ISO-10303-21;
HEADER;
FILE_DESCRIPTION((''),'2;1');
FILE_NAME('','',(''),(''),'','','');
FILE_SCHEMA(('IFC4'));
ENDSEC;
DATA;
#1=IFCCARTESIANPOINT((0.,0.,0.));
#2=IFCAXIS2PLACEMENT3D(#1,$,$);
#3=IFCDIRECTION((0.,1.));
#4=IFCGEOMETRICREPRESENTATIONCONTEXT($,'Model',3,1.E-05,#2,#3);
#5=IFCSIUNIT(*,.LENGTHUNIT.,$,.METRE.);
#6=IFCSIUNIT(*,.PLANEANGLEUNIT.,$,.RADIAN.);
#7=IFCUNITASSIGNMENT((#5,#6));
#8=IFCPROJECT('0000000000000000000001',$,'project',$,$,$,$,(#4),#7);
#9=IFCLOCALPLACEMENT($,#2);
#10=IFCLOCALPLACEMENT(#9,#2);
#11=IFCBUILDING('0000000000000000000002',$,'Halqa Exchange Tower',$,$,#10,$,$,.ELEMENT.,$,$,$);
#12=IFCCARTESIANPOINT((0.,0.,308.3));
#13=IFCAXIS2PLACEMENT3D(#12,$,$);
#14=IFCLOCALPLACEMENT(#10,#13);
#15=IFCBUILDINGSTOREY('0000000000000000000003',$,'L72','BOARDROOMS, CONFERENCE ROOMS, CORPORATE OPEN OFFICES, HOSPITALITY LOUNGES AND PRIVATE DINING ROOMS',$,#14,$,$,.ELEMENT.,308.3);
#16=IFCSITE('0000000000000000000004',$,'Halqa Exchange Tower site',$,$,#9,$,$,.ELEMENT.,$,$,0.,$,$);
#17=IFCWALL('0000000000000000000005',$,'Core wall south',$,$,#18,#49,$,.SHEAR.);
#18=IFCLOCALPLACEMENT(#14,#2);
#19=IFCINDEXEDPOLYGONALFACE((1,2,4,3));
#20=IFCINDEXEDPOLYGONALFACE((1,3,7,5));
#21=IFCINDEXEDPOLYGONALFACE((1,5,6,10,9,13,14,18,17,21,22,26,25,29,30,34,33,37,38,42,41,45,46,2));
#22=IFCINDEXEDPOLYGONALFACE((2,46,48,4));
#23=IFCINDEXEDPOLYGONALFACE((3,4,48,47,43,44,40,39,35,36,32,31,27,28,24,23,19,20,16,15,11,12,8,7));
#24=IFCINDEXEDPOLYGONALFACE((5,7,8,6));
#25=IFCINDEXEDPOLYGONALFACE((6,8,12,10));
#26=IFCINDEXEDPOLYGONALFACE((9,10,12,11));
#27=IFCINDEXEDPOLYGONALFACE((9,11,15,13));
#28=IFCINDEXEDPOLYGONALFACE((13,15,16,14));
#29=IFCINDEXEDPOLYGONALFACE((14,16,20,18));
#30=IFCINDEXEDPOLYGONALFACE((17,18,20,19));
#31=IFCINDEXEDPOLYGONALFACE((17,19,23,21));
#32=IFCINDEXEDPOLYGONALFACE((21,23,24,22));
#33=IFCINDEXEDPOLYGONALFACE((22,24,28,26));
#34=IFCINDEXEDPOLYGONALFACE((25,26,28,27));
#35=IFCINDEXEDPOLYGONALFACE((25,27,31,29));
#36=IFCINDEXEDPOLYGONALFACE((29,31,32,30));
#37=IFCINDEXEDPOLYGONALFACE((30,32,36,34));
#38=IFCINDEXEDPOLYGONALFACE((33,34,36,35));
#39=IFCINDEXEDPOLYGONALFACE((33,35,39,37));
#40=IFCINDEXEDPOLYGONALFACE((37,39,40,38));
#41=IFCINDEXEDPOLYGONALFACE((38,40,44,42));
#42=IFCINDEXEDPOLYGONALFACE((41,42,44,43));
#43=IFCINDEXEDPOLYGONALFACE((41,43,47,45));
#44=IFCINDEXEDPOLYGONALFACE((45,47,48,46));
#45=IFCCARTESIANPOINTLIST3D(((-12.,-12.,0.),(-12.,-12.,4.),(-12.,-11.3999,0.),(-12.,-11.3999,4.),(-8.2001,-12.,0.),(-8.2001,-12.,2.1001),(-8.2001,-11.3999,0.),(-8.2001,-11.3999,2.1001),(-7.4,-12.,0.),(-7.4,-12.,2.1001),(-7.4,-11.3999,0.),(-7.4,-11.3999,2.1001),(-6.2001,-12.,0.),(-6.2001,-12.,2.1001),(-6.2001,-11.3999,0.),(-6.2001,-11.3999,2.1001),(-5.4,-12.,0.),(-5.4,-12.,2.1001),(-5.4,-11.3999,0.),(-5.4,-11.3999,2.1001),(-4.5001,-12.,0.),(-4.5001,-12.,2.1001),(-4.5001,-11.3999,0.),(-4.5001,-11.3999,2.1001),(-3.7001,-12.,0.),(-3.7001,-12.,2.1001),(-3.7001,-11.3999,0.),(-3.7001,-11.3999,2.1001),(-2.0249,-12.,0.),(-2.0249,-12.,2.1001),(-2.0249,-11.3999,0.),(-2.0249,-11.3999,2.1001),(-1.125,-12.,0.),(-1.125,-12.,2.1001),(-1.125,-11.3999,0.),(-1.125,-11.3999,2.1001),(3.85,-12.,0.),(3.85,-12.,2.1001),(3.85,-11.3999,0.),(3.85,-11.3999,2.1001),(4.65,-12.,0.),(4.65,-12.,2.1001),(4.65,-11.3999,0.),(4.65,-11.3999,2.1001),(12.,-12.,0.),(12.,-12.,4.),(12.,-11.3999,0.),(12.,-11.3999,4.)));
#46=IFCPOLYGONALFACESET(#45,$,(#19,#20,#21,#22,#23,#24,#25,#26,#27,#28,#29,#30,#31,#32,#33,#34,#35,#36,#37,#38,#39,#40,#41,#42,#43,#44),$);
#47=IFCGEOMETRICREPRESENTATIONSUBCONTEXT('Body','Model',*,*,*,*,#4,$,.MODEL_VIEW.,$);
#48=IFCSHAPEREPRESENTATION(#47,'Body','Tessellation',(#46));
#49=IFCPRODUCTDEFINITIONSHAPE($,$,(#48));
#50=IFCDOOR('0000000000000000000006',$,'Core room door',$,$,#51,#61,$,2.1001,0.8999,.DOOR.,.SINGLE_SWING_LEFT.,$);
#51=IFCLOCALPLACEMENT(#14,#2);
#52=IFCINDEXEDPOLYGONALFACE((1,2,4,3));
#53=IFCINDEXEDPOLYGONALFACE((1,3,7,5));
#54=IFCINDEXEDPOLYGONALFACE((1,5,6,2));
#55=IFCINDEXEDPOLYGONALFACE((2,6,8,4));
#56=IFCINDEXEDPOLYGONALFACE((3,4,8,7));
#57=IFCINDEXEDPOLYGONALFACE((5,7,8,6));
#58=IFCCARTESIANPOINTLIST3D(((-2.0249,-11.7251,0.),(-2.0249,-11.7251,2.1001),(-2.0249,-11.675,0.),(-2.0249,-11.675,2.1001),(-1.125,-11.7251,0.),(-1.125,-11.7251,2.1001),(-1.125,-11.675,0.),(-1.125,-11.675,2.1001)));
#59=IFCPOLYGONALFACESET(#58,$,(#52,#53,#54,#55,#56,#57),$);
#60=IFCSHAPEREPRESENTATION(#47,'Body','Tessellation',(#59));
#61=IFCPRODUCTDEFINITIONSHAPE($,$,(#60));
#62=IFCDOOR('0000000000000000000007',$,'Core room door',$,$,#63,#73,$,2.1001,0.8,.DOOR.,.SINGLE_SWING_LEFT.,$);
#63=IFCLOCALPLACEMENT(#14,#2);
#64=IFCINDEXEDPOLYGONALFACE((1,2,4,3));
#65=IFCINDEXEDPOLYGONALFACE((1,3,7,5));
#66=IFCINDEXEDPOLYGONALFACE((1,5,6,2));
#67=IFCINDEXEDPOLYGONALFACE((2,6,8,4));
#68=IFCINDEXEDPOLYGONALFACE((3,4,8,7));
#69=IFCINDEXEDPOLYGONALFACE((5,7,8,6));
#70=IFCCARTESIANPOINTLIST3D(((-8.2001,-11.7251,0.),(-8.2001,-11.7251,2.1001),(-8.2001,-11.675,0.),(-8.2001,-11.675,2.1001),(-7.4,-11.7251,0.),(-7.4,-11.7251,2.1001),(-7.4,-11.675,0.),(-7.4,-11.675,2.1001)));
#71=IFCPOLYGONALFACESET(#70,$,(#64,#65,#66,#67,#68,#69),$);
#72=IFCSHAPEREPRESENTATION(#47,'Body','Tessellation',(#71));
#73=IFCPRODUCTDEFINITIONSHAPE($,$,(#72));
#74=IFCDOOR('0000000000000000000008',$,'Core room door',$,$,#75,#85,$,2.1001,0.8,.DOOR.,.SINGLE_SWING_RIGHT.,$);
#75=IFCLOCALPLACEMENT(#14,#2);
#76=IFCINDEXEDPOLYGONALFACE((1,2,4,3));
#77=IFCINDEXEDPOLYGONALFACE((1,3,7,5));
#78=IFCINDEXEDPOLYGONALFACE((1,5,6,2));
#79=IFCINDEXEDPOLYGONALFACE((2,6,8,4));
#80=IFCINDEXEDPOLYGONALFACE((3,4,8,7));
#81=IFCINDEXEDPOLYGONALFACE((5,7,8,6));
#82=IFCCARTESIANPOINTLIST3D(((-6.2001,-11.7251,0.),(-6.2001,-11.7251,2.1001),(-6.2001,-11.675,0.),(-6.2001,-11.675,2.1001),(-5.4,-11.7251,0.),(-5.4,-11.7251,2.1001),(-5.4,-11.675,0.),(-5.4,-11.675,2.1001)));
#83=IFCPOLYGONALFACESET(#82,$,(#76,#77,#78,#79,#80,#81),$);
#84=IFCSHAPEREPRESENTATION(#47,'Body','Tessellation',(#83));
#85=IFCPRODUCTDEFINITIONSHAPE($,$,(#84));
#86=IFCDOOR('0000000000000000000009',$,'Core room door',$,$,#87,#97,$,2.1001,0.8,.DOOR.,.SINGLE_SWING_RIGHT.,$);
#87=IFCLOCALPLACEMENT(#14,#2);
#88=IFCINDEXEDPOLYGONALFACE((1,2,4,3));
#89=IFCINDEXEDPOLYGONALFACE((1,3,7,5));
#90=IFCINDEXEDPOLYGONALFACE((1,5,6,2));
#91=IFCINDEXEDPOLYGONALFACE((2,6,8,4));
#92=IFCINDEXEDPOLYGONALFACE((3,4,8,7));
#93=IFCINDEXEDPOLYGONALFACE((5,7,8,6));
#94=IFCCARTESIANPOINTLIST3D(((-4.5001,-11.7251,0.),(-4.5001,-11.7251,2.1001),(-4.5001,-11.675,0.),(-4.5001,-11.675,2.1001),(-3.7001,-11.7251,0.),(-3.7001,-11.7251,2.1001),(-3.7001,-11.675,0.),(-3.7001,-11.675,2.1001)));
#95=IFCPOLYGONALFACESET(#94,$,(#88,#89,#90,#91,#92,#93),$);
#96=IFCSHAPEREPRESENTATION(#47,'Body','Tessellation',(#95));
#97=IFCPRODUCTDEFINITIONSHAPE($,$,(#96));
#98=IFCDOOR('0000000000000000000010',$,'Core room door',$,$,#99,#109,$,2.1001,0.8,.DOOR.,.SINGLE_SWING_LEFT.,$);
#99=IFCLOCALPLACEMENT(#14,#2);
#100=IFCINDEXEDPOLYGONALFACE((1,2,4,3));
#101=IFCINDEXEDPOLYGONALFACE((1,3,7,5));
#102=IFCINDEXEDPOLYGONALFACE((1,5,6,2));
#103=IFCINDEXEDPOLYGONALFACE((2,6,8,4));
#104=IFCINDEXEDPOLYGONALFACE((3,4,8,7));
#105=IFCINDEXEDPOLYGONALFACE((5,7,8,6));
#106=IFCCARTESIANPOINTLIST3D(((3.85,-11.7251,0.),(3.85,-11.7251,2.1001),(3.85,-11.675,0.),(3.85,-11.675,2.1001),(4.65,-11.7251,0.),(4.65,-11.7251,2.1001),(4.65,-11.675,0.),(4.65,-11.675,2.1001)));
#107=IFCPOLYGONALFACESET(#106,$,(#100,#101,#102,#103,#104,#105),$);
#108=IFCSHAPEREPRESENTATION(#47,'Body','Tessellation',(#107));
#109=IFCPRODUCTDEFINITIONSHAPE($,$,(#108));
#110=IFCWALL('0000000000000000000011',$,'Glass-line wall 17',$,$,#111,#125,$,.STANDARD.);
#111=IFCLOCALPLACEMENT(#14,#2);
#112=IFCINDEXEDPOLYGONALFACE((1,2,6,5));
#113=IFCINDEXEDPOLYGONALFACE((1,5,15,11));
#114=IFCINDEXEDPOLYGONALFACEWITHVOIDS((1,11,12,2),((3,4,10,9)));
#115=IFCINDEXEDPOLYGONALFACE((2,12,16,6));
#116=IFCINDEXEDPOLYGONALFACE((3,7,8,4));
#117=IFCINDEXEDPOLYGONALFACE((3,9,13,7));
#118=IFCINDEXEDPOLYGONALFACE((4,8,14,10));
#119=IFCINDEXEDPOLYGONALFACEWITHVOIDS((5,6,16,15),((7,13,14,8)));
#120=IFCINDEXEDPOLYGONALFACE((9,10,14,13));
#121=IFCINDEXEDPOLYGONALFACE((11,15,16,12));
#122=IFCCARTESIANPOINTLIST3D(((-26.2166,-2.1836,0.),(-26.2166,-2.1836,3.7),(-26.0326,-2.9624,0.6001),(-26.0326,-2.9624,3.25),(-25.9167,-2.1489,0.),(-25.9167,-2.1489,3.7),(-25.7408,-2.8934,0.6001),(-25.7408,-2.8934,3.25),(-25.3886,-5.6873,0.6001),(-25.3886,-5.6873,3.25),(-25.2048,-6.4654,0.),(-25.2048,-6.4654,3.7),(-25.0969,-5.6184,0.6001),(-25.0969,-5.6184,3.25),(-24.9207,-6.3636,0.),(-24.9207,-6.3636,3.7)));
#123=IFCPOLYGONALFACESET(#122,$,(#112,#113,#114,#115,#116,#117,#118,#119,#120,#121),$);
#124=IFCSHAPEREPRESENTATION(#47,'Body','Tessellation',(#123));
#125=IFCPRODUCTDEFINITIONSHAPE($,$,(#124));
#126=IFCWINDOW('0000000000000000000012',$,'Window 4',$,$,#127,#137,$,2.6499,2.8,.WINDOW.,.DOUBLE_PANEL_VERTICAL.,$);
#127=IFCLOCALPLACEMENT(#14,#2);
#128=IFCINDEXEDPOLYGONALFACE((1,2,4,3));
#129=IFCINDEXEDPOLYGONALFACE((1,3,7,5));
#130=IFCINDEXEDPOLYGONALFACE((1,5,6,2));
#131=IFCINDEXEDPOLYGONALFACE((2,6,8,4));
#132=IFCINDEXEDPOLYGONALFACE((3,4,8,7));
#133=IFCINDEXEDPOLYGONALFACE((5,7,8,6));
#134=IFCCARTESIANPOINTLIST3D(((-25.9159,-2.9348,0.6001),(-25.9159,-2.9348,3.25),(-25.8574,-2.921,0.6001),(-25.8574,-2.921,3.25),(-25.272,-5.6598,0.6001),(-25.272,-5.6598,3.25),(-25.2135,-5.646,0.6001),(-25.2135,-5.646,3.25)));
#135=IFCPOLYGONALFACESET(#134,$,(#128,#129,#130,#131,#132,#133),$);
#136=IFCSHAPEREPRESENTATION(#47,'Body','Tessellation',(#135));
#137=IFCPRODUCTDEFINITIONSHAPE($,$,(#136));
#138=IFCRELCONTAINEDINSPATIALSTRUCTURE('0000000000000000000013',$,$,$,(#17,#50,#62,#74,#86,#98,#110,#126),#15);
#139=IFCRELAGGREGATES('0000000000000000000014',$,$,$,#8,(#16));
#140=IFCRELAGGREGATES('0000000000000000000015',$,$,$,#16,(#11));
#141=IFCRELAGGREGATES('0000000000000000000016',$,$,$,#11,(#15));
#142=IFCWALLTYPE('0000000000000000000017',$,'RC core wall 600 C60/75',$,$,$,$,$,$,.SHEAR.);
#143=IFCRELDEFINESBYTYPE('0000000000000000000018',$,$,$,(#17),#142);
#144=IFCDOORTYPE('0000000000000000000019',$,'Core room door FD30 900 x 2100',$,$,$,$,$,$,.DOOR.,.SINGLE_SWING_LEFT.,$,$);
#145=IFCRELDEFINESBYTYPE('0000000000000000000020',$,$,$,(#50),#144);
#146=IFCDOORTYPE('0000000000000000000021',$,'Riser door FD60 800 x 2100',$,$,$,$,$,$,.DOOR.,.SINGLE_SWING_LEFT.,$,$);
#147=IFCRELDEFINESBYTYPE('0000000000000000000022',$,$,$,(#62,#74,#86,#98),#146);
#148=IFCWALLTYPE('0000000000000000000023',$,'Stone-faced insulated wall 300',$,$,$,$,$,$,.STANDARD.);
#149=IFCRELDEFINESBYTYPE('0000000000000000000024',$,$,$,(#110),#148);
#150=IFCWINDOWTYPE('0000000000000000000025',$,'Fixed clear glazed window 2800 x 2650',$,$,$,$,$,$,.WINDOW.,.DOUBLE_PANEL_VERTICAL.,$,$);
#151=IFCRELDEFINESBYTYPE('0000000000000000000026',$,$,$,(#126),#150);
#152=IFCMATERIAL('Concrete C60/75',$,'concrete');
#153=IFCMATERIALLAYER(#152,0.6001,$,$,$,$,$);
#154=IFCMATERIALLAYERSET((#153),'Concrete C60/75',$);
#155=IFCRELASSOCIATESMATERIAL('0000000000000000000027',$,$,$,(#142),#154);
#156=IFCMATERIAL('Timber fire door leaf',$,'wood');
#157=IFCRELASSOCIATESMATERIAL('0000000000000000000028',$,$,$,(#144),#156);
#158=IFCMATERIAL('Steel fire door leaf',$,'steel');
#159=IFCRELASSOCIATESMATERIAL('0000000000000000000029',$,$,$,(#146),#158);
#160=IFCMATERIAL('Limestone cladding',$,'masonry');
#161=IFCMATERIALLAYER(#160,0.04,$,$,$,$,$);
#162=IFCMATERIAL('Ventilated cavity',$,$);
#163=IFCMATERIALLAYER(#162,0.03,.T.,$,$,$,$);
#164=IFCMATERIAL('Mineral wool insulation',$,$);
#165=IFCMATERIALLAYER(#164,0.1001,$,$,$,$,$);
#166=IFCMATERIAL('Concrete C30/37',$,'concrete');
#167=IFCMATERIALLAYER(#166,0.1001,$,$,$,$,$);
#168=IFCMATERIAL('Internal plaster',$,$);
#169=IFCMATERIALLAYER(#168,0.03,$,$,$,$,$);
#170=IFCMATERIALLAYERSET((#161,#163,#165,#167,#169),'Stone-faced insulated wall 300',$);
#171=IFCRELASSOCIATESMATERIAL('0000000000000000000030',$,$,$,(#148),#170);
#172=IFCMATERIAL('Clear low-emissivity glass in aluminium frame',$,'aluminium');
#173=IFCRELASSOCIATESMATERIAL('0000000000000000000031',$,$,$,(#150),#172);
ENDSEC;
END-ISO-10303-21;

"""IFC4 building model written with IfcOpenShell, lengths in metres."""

from ifc_helpers import new_model, si_unit, direction, frame, frame_2d, origin, place, context, subcontext, project, spatial, polyline, rectangle, outline, extrude, material, layer, layer_set, type_object, element, fill, save


model = new_model("IFC4")

# Units and contexts
model_context = context("Model", 3, precision=1e-05, world=origin(), true_north=direction((0.0, 1.0)))
body_context = subcontext(model_context, "Body", "Model", "MODEL_VIEW")
ifc_project = project(units=[si_unit("LENGTHUNIT", "METRE"), si_unit("PLANEANGLEUNIT", "RADIAN")], contexts=[model_context])

# Site, building, storey
site_placement = place(None, origin())
site = spatial("IfcSite", under=ifc_project, at=site_placement, Name="Halqa Exchange Tower site", CompositionType="ELEMENT", RefElevation=0.0)
building_placement = place(site_placement, origin())
building = spatial("IfcBuilding", under=site, at=building_placement, Name="Halqa Exchange Tower", CompositionType="ELEMENT")
storey_placement = place(building_placement, frame((0.0, 0.0, 308.3)))
storey = spatial("IfcBuildingStorey", under=building, at=storey_placement, Name="L72", Description="BOARDROOMS, CONFERENCE ROOMS, CORPORATE OPEN OFFICES, HOSPITALITY LOUNGES AND PRIVATE DINING ROOMS", CompositionType="ELEMENT", Elevation=308.3)

# Shared definitions
ifc_material_1 = material(Name="Concrete C60/75", Category="concrete")

# Wall, openings, doors
ifc_layer_1 = layer(ifc_material_1, 0.6001)
ifc_layer_set_1 = layer_set([ifc_layer_1], Name="Concrete C60/75")
wall_type_1 = type_object("IfcWallType", Name="RC core wall 600 C60/75", PredefinedType="SHEAR", material=ifc_layer_set_1)
wall_1_placement = place(storey_placement, frame((-12.0, -11.7, 0.0), z_axis=(0.0, 0.0, 1.0), x_axis=(1.0, 0.0, 0.0)))
wall_1 = element("IfcWall", 1, at=wall_1_placement, inside=storey, type_object=wall_type_1, Name="Core wall south", PredefinedType="SHEAR", context=body_context, shape_type="SweptSolid", body=[
    extrude(rectangle(XDim=24.0, YDim=0.6001, at=frame_2d((12.0, 0.0))), origin(), (0.0, 0.0, 1.0), 4.0),
])
opening_1_placement = place(wall_1_placement, frame((9.9751, 0.0, 0.0)))
opening_1 = element("IfcOpeningElement", 2, at=opening_1_placement, cuts=wall_1, PredefinedType="OPENING", context=body_context, shape_type="SweptSolid", body=[
    extrude(rectangle(XDim=0.8999, YDim=2.1001, at=frame_2d((0.45, 1.05))), frame((0.0, 0.312, 0.0), z_axis=(0.0, -1.0, 0.0), x_axis=(1.0, 0.0, 0.0)), (0.0, 0.0, 1.0), 0.624),
])
opening_2_placement = place(wall_1_placement, frame((3.8, 0.0, 0.0)))
opening_2 = element("IfcOpeningElement", 3, at=opening_2_placement, cuts=wall_1, PredefinedType="OPENING", context=body_context, shape_type="SweptSolid", body=[
    extrude(rectangle(XDim=0.8, YDim=2.1001, at=frame_2d((0.3999, 1.05))), frame((0.0, 0.312, 0.0), z_axis=(0.0, -1.0, 0.0), x_axis=(1.0, 0.0, 0.0)), (0.0, 0.0, 1.0), 0.624),
])
opening_3_placement = place(wall_1_placement, frame((5.8, 0.0, 0.0)))
opening_3 = element("IfcOpeningElement", 4, at=opening_3_placement, cuts=wall_1, PredefinedType="OPENING", context=body_context, shape_type="SweptSolid", body=[
    extrude(rectangle(XDim=0.8, YDim=2.1001, at=frame_2d((0.3999, 1.05))), frame((0.0, 0.312, 0.0), z_axis=(0.0, -1.0, 0.0), x_axis=(1.0, 0.0, 0.0)), (0.0, 0.0, 1.0), 0.624),
])
opening_4_placement = place(wall_1_placement, frame((7.5, 0.0, 0.0)))
opening_4 = element("IfcOpeningElement", 5, at=opening_4_placement, cuts=wall_1, PredefinedType="OPENING", context=body_context, shape_type="SweptSolid", body=[
    extrude(rectangle(XDim=0.8, YDim=2.1001, at=frame_2d((0.3999, 1.05))), frame((0.0, 0.312, 0.0), z_axis=(0.0, -1.0, 0.0), x_axis=(1.0, 0.0, 0.0)), (0.0, 0.0, 1.0), 0.624),
])
opening_5_placement = place(wall_1_placement, frame((15.8501, 0.0, 0.0)))
opening_5 = element("IfcOpeningElement", 6, at=opening_5_placement, cuts=wall_1, PredefinedType="OPENING", context=body_context, shape_type="SweptSolid", body=[
    extrude(rectangle(XDim=0.8, YDim=2.1001, at=frame_2d((0.3999, 1.05))), frame((0.0, 0.312, 0.0), z_axis=(0.0, -1.0, 0.0), x_axis=(1.0, 0.0, 0.0)), (0.0, 0.0, 1.0), 0.624),
])
ifc_material_2 = material(Name="Timber fire door leaf", Category="wood")
door_type_1 = type_object("IfcDoorType", Name="Core room door FD30 900 x 2100", OperationType="SINGLE_SWING_LEFT", PredefinedType="DOOR", material=ifc_material_2)
door_1_placement = place(opening_1_placement, origin())
door_1 = element("IfcDoor", 7, at=door_1_placement, inside=storey, type_object=door_type_1, Name="Core room door", OperationType="SINGLE_SWING_LEFT", OverallHeight=2.1001, OverallWidth=0.8999, PredefinedType="DOOR", context=body_context, shape_type="SweptSolid", body=[
    extrude(rectangle(XDim=0.8999, YDim=2.1001, at=frame_2d((0.45, 1.05))), frame((0.0, 0.0249, 0.0), z_axis=(0.0, -1.0, 0.0), x_axis=(1.0, 0.0, 0.0)), (0.0, 0.0, 1.0), 0.05),
])
fill(opening_1, door_1)
ifc_material_3 = material(Name="Steel fire door leaf", Category="steel")
door_type_2 = type_object("IfcDoorType", Name="Riser door FD60 800 x 2100", OperationType="SINGLE_SWING_LEFT", PredefinedType="DOOR", material=ifc_material_3)
door_2_placement = place(opening_2_placement, origin())
door_2 = element("IfcDoor", 8, at=door_2_placement, inside=storey, type_object=door_type_2, Name="Core room door", OperationType="SINGLE_SWING_LEFT", OverallHeight=2.1001, OverallWidth=0.8, PredefinedType="DOOR", context=body_context, shape_type="SweptSolid", body=[
    extrude(rectangle(XDim=0.8, YDim=2.1001, at=frame_2d((0.3999, 1.05))), frame((0.0, 0.0249, 0.0), z_axis=(0.0, -1.0, 0.0), x_axis=(1.0, 0.0, 0.0)), (0.0, 0.0, 1.0), 0.05),
])
fill(opening_2, door_2)
door_3_placement = place(opening_3_placement, origin())
door_3 = element("IfcDoor", 9, at=door_3_placement, inside=storey, type_object=door_type_2, Name="Core room door", OperationType="SINGLE_SWING_RIGHT", OverallHeight=2.1001, OverallWidth=0.8, PredefinedType="DOOR", context=body_context, shape_type="SweptSolid", body=[
    extrude(rectangle(XDim=0.8, YDim=2.1001, at=frame_2d((0.3999, 1.05))), frame((0.0, 0.0249, 0.0), z_axis=(0.0, -1.0, 0.0), x_axis=(1.0, 0.0, 0.0)), (0.0, 0.0, 1.0), 0.05),
])
fill(opening_3, door_3)
door_4_placement = place(opening_4_placement, origin())
door_4 = element("IfcDoor", 10, at=door_4_placement, inside=storey, type_object=door_type_2, Name="Core room door", OperationType="SINGLE_SWING_RIGHT", OverallHeight=2.1001, OverallWidth=0.8, PredefinedType="DOOR", context=body_context, shape_type="SweptSolid", body=[
    extrude(rectangle(XDim=0.8, YDim=2.1001, at=frame_2d((0.3999, 1.05))), frame((0.0, 0.0249, 0.0), z_axis=(0.0, -1.0, 0.0), x_axis=(1.0, 0.0, 0.0)), (0.0, 0.0, 1.0), 0.05),
])
fill(opening_4, door_4)
door_5_placement = place(opening_5_placement, origin())
door_5 = element("IfcDoor", 11, at=door_5_placement, inside=storey, type_object=door_type_2, Name="Core room door", OperationType="SINGLE_SWING_LEFT", OverallHeight=2.1001, OverallWidth=0.8, PredefinedType="DOOR", context=body_context, shape_type="SweptSolid", body=[
    extrude(rectangle(XDim=0.8, YDim=2.1001, at=frame_2d((0.3999, 1.05))), frame((0.0, 0.0249, 0.0), z_axis=(0.0, -1.0, 0.0), x_axis=(1.0, 0.0, 0.0)), (0.0, 0.0, 1.0), 0.05),
])
fill(opening_5, door_5)

# Wall, opening, window
ifc_material_4 = material(Name="Limestone cladding", Category="masonry")
ifc_layer_2 = layer(ifc_material_4, 0.04)
ifc_material_5 = material(Name="Ventilated cavity")
ifc_layer_3 = layer(ifc_material_5, 0.03, ventilated=True)
ifc_material_6 = material(Name="Mineral wool insulation")
ifc_layer_4 = layer(ifc_material_6, 0.1001)
ifc_material_7 = material(Name="Concrete C30/37", Category="concrete")
ifc_layer_5 = layer(ifc_material_7, 0.1001)
ifc_material_8 = material(Name="Internal plaster")
ifc_layer_6 = layer(ifc_material_8, 0.03)
ifc_layer_set_2 = layer_set([ifc_layer_2, ifc_layer_3, ifc_layer_4, ifc_layer_5, ifc_layer_6], Name="Stone-faced insulated wall 300")
wall_type_2 = type_object("IfcWallType", Name="Stone-faced insulated wall 300", PredefinedType="STANDARD", material=ifc_layer_set_2)
wall_2_placement = place(storey_placement, frame((-26.0667, -2.1663, 0.0), z_axis=(0.0, 0.0, 1.0), x_axis=(0.229974, -0.973197, 0.0)))
wall_2 = element("IfcWall", 12, at=wall_2_placement, inside=storey, type_object=wall_type_2, Name="Glass-line wall 17", PredefinedType="STANDARD", context=body_context, shape_type="SweptSolid", body=[
    extrude(outline(polyline([(-0.0176, -0.1499), (4.3821, -0.1499), (4.3484, 0.1499), (0.0176, 0.1499), (-0.0176, -0.1499)])), origin(), (0.0, 0.0, 1.0), 3.7),
])
opening_6_placement = place(wall_2_placement, frame((0.7827, 0.0, 0.6001)))
opening_6 = element("IfcOpeningElement", 13, at=opening_6_placement, cuts=wall_2, PredefinedType="OPENING", context=body_context, shape_type="SweptSolid", body=[
    extrude(rectangle(XDim=2.8, YDim=2.6499, at=frame_2d((1.3999, 1.325))), frame((0.0, 0.1621, 0.0), z_axis=(0.0, -1.0, 0.0), x_axis=(1.0, 0.0, 0.0)), (0.0, 0.0, 1.0), 0.324),
])
ifc_material_9 = material(Name="Clear low-emissivity glass in aluminium frame", Category="aluminium")
window_type = type_object("IfcWindowType", Name="Fixed clear glazed window 2800 x 2650", PartitioningType="DOUBLE_PANEL_VERTICAL", PredefinedType="WINDOW", material=ifc_material_9)
window_1_placement = place(opening_6_placement, origin())
window_1 = element("IfcWindow", 14, at=window_1_placement, inside=storey, type_object=window_type, Name="Window 4", OverallHeight=2.6499, OverallWidth=2.8, PartitioningType="DOUBLE_PANEL_VERTICAL", PredefinedType="WINDOW", context=body_context, shape_type="SweptSolid", body=[
    extrude(rectangle(XDim=2.8, YDim=2.6499, at=frame_2d((1.3999, 1.325))), frame((0.0, 0.03, 0.0), z_axis=(0.0, -1.0, 0.0), x_axis=(1.0, 0.0, 0.0)), (0.0, 0.0, 1.0), 0.0601),
])
fill(opening_6, window_1)

save(model, "model.ifc")
